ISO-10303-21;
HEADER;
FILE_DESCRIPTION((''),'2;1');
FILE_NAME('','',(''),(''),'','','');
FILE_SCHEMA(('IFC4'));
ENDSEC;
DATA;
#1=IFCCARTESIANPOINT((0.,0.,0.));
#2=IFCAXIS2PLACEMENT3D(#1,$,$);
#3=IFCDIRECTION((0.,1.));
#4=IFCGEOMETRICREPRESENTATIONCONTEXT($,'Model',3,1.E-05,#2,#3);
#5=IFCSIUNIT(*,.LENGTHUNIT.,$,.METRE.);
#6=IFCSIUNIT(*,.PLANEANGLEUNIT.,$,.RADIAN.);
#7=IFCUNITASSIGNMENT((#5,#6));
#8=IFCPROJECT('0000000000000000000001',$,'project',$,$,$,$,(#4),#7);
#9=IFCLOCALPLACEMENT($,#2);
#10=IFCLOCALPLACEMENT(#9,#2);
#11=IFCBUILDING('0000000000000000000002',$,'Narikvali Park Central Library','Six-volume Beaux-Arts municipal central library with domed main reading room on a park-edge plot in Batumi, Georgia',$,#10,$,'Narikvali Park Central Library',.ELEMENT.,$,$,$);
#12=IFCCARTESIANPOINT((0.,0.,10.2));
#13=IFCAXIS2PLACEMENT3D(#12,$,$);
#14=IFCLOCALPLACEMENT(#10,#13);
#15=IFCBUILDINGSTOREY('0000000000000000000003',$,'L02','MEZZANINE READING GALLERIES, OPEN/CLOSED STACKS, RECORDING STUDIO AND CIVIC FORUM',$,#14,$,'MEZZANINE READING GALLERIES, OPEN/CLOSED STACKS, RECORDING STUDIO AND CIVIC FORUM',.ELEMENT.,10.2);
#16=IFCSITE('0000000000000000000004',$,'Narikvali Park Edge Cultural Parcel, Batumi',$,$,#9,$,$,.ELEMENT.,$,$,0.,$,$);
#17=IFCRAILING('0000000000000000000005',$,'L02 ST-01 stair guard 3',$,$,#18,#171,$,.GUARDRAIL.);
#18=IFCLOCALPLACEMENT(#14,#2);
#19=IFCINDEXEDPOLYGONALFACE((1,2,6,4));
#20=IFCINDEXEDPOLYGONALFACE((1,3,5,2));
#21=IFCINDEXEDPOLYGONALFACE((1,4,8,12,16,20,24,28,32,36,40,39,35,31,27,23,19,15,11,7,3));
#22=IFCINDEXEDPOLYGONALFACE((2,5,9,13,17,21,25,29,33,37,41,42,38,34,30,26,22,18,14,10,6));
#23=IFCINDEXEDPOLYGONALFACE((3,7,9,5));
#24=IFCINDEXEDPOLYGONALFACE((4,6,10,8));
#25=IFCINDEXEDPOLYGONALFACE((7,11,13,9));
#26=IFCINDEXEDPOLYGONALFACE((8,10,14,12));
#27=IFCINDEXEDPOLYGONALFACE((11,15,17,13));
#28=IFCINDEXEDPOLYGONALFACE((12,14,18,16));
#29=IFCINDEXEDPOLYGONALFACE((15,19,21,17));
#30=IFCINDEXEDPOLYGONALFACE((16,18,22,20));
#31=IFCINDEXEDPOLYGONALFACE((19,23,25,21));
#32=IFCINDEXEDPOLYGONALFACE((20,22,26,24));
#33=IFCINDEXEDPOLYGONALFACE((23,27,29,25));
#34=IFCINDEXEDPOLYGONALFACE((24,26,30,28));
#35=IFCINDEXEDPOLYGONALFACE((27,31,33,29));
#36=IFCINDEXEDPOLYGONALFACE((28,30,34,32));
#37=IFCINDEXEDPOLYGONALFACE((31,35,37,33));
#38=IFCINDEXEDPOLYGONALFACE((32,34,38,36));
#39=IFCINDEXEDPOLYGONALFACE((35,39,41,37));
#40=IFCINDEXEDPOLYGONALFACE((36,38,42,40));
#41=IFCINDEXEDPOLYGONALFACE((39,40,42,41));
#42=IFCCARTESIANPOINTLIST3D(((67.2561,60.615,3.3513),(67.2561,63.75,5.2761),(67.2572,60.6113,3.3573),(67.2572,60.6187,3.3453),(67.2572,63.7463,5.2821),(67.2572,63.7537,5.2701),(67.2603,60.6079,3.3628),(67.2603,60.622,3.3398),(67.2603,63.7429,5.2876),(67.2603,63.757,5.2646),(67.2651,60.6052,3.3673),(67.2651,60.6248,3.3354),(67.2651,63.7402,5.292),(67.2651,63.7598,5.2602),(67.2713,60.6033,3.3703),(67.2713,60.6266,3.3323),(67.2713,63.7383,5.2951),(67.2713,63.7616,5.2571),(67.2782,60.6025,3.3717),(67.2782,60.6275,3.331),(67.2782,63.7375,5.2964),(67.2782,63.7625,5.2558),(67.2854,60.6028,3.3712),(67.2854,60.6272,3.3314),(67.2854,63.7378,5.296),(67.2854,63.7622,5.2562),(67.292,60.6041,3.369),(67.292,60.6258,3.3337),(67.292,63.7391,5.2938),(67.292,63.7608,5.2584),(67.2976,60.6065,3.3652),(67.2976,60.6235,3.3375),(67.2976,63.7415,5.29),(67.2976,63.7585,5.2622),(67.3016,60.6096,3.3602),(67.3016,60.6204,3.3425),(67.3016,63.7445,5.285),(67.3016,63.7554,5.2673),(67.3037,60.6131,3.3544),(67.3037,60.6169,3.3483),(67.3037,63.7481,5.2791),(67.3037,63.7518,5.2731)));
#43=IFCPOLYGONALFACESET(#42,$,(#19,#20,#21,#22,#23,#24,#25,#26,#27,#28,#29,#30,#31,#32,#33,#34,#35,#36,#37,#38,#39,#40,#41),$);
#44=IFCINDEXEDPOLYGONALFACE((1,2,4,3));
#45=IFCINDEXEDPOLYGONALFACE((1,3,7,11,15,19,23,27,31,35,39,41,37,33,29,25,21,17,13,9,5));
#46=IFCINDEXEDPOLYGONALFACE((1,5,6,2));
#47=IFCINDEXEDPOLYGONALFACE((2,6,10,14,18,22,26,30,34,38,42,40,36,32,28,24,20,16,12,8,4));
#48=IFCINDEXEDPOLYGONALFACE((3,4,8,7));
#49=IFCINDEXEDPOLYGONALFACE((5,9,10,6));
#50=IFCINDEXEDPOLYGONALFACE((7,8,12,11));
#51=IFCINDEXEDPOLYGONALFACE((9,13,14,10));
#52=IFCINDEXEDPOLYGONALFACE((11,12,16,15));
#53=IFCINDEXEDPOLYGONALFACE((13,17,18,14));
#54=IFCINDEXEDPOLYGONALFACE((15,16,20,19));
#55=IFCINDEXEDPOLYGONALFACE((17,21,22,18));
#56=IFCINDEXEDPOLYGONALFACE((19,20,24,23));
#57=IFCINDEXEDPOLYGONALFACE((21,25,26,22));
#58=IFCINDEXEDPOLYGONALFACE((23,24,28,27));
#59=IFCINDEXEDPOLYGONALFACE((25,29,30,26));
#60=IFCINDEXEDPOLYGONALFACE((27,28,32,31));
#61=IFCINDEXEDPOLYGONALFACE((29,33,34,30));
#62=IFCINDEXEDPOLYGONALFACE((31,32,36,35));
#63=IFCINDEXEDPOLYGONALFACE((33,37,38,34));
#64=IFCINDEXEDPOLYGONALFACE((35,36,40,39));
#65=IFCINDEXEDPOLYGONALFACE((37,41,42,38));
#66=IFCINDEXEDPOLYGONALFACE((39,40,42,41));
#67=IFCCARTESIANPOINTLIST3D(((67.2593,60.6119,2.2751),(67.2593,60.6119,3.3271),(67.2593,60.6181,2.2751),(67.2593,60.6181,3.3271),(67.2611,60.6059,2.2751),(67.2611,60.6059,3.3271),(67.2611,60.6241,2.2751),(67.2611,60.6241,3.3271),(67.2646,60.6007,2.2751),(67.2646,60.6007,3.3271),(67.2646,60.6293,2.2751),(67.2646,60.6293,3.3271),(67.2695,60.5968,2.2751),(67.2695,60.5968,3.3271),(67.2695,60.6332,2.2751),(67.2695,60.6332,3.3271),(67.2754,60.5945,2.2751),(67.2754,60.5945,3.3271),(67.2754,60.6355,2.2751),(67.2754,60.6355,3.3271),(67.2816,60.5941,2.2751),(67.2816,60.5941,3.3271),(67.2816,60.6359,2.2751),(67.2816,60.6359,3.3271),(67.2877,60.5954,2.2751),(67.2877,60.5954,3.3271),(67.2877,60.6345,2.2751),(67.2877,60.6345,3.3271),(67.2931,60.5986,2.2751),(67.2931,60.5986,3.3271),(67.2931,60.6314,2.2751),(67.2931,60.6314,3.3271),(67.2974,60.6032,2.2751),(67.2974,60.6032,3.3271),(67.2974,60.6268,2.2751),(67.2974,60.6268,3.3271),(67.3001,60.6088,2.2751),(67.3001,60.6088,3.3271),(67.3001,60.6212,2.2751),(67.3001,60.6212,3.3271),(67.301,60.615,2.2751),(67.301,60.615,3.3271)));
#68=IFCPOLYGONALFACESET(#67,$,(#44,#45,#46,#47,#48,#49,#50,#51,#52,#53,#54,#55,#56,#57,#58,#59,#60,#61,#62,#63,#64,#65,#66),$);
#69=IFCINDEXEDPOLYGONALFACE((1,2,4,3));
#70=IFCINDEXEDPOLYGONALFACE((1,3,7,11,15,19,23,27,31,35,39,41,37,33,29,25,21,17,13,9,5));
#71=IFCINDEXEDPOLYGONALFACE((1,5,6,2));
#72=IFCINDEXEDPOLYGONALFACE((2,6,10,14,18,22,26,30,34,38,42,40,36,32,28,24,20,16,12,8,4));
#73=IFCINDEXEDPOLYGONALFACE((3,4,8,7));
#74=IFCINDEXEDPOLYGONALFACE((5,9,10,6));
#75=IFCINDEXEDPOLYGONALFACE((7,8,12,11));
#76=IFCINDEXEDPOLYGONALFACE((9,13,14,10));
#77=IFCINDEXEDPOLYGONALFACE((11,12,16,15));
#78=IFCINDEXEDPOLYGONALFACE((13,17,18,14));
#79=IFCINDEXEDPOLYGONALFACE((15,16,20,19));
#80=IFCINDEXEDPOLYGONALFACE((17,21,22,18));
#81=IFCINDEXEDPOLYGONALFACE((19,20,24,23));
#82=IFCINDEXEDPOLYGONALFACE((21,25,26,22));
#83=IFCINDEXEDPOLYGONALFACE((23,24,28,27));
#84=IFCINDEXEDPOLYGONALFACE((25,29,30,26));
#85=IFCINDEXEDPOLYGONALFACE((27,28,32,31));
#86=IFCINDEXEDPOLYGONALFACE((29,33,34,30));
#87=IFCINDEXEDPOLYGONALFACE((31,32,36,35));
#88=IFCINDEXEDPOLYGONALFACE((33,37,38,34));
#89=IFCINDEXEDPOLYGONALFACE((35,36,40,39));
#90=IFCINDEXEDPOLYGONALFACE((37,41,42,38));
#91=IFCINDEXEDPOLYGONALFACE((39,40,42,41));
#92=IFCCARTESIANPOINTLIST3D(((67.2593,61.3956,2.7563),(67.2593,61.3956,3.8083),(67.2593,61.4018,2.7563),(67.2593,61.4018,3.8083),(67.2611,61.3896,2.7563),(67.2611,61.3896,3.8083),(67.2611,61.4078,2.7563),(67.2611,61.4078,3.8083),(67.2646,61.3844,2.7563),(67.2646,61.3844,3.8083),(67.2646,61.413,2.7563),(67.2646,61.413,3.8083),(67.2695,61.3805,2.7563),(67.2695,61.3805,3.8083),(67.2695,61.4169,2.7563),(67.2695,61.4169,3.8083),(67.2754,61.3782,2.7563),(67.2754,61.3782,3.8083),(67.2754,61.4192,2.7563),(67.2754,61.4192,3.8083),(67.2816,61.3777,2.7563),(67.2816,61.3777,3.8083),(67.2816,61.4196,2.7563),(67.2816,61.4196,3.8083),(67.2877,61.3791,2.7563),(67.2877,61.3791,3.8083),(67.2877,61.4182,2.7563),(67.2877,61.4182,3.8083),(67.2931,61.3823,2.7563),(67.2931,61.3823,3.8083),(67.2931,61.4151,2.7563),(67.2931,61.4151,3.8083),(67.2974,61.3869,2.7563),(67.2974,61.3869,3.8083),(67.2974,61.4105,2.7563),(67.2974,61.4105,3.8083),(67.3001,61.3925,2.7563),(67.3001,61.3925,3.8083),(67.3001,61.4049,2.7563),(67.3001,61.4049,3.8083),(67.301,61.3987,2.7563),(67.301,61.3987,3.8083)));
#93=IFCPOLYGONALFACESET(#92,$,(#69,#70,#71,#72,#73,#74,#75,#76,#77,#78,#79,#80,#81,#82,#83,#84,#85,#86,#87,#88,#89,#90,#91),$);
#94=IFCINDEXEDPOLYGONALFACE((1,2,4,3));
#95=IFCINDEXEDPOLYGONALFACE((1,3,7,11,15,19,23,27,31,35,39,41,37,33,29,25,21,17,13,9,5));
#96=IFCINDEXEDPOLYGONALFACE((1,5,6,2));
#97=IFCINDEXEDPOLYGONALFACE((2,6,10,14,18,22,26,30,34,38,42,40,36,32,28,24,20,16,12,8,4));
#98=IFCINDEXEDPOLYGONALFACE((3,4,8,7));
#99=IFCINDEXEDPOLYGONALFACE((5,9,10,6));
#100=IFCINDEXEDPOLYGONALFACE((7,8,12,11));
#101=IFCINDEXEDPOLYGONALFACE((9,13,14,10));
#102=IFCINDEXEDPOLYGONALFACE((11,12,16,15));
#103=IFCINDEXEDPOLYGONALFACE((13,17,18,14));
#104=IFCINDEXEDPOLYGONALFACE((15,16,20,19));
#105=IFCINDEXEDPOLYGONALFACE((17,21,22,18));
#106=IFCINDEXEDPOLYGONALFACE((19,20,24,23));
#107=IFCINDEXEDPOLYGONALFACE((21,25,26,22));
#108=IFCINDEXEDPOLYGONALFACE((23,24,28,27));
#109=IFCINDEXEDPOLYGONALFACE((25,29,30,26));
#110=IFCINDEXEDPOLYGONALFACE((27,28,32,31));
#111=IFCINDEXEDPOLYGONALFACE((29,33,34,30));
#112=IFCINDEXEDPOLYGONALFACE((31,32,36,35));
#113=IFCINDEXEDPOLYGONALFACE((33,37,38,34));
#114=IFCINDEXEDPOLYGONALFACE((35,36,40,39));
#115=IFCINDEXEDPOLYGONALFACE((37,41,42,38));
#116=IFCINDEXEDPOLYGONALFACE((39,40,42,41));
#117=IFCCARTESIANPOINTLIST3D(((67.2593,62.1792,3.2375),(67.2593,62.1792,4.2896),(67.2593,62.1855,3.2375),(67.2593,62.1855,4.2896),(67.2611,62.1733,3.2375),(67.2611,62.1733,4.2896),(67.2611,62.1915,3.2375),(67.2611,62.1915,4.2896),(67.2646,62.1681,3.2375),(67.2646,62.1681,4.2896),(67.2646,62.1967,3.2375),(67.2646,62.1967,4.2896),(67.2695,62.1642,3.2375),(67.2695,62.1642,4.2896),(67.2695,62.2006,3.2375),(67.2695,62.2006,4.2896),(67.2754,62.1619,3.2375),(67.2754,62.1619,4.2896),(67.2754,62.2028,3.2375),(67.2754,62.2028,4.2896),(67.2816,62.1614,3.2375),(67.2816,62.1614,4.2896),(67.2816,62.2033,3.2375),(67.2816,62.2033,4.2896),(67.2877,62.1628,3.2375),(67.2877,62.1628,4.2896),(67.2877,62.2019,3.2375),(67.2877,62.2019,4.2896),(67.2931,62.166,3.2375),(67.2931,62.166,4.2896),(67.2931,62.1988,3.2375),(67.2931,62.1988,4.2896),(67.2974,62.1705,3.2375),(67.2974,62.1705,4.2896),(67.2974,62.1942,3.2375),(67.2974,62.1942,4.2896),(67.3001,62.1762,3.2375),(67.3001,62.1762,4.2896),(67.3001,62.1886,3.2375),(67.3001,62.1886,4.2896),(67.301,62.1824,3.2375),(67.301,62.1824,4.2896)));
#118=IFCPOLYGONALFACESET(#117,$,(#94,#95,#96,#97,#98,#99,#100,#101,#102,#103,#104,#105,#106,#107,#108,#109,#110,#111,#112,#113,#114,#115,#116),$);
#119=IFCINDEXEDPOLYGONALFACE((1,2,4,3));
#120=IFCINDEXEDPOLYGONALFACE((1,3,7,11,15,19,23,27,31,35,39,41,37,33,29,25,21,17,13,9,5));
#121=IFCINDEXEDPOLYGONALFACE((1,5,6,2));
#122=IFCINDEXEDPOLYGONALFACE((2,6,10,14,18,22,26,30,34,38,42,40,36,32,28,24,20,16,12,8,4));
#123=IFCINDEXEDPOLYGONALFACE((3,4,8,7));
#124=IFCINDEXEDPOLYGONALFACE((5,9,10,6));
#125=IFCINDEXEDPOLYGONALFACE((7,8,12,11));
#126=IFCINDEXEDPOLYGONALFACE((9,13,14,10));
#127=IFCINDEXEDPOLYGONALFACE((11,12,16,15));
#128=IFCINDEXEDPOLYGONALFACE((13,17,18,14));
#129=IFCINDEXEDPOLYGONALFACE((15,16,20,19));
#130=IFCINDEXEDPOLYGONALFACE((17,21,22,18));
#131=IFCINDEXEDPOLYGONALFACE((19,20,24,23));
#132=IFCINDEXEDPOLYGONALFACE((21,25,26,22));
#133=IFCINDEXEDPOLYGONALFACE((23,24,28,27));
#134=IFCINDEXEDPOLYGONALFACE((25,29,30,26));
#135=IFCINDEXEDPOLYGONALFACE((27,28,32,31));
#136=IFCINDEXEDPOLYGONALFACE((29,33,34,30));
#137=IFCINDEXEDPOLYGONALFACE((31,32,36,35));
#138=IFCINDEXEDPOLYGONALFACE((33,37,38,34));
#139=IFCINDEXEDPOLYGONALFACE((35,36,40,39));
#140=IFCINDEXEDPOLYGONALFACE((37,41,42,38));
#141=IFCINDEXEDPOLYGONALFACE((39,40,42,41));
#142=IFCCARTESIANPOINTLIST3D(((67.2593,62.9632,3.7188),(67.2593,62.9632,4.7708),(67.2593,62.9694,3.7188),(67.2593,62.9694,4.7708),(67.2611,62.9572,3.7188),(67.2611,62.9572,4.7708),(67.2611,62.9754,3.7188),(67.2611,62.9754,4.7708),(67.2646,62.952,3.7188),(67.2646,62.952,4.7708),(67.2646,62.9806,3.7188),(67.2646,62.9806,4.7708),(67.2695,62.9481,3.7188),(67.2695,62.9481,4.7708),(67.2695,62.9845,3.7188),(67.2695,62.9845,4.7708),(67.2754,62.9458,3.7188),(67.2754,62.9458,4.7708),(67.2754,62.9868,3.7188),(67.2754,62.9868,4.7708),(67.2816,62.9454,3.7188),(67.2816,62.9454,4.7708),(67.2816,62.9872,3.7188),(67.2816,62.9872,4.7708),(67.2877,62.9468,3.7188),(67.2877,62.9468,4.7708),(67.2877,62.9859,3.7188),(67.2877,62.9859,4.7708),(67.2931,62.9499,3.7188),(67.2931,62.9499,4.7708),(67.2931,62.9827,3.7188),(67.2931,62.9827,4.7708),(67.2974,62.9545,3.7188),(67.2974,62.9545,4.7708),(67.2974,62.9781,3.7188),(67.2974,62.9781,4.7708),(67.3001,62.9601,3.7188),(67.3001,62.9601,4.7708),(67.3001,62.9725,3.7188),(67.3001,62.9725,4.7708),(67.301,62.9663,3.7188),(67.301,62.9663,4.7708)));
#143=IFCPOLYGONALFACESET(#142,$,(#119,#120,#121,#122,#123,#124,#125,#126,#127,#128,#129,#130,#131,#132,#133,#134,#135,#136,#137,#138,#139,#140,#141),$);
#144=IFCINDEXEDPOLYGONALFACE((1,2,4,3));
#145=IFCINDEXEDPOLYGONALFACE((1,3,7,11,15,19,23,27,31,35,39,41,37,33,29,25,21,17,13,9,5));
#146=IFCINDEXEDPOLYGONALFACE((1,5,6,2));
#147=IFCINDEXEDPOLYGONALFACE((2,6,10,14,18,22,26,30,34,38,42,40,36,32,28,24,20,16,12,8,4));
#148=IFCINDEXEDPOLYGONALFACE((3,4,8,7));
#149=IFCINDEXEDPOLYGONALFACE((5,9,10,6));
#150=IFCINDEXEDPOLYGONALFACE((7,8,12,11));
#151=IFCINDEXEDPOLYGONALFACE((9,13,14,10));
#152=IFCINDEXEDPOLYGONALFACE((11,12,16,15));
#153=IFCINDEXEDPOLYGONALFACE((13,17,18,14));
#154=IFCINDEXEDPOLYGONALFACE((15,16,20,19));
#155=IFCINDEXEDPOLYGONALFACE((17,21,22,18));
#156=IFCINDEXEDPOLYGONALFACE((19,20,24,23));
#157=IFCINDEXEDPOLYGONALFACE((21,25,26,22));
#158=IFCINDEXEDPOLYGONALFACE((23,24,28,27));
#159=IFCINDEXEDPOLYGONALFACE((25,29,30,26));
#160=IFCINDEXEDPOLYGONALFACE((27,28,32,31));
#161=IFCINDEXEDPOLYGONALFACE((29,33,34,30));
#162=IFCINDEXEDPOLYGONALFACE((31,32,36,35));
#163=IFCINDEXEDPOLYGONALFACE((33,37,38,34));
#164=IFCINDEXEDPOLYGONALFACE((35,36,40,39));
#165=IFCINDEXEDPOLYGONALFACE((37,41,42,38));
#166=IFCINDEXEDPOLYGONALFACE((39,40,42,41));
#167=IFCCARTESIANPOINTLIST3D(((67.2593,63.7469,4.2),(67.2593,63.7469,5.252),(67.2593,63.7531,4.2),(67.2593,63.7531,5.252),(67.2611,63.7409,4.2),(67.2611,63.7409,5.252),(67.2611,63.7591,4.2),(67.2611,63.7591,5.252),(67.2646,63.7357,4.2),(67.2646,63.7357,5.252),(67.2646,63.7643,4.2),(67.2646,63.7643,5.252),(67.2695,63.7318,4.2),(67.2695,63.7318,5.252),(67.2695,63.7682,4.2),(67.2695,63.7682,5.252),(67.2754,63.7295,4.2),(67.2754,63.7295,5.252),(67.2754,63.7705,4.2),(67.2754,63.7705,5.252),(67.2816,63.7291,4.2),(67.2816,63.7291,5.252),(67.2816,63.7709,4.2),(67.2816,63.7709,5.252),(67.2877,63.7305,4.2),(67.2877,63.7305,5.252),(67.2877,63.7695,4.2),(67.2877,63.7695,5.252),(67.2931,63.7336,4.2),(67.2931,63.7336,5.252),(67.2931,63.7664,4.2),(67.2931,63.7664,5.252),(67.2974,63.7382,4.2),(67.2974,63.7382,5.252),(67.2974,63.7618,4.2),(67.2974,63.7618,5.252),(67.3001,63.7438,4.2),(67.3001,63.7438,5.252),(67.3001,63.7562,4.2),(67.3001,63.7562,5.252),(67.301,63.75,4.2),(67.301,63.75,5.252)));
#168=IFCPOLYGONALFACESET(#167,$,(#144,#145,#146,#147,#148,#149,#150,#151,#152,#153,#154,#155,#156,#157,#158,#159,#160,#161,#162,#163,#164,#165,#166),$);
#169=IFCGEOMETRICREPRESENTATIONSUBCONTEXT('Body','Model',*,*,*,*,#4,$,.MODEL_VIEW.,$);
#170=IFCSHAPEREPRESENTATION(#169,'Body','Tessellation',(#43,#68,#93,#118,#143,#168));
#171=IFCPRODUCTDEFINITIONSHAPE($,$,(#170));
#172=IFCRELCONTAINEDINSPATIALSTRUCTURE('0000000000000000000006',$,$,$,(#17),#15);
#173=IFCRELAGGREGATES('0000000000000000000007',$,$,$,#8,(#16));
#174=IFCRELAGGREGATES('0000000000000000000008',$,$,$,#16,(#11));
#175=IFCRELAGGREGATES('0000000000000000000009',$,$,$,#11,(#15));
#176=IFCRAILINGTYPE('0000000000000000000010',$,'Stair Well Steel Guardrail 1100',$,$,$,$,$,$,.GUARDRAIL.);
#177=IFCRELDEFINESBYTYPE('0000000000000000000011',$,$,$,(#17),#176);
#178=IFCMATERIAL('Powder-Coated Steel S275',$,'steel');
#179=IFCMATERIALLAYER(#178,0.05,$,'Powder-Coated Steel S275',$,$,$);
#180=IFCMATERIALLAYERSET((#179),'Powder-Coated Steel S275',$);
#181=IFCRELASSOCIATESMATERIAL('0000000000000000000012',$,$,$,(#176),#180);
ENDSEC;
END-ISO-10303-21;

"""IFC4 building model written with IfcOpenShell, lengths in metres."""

from ifc_helpers import new_model, si_unit, direction, frame, origin, origin_2d, place, context, subcontext, project, spatial, circle, extrude, material, layer, layer_set, type_object, element, save


model = new_model("IFC4")

# Units and contexts
model_context = context("Model", 3, precision=1e-05, world=origin(), true_north=direction((0.0, 1.0)))
body_context = subcontext(model_context, "Body", "Model", "MODEL_VIEW")
ifc_project = project(units=[si_unit("LENGTHUNIT", "METRE"), si_unit("PLANEANGLEUNIT", "RADIAN")], contexts=[model_context])

# Site, building, storey
site_placement = place(None, origin())
site = spatial("IfcSite", under=ifc_project, at=site_placement, Name="Narikvali Park Edge Cultural Parcel, Batumi", CompositionType="ELEMENT", RefElevation=0.0)
building_placement = place(site_placement, origin())
building = spatial("IfcBuilding", under=site, at=building_placement, Name="Narikvali Park Central Library", Description="Six-volume Beaux-Arts municipal central library with domed main reading room on a park-edge plot in Batumi, Georgia", LongName="Narikvali Park Central Library", CompositionType="ELEMENT")
storey_placement = place(building_placement, frame((0.0, 0.0, 10.2)))
storey = spatial("IfcBuildingStorey", under=building, at=storey_placement, Name="L02", Description="MEZZANINE READING GALLERIES, OPEN/CLOSED STACKS, RECORDING STUDIO AND CIVIC FORUM", LongName="MEZZANINE READING GALLERIES, OPEN/CLOSED STACKS, RECORDING STUDIO AND CIVIC FORUM", CompositionType="ELEMENT", Elevation=10.2)

# Railing
ifc_material_1 = material(Name="Powder-Coated Steel S275", Category="steel")
ifc_layer_1 = layer(ifc_material_1, 0.05, Name="Powder-Coated Steel S275")
ifc_layer_set_1 = layer_set([ifc_layer_1], Name="Powder-Coated Steel S275")
railing_type_1 = type_object("IfcRailingType", Name="Stair Well Steel Guardrail 1100", PredefinedType="GUARDRAIL", material=ifc_layer_set_1)
railing_1_placement = place(storey_placement, frame((67.28, 60.615, 2.2751)))
element("IfcRailing", 1, at=railing_1_placement, inside=storey, type_object=railing_type_1, Name="L02 ST-01 stair guard 3", PredefinedType="GUARDRAIL", context=body_context, shape_type="SweptSolid", body=[
    extrude(circle(Radius=0.0239, at=origin_2d()), frame((0.0, 0.0, 1.0762), z_axis=(0.0, 0.852196, 0.523223), x_axis=(-1.0, 0.0, 0.0)), (0.0, 0.0, 1.0), 3.6787),
    extrude(circle(Radius=0.021, at=origin_2d()), origin(), (0.0, 0.0, 1.0), 1.052),
    extrude(circle(Radius=0.021, at=origin_2d()), frame((0.0, 0.7837, 0.4812)), (0.0, 0.0, 1.0), 1.052),
    extrude(circle(Radius=0.021, at=origin_2d()), frame((0.0, 1.5674, 0.9624)), (0.0, 0.0, 1.0), 1.052),
    extrude(circle(Radius=0.021, at=origin_2d()), frame((0.0, 2.3513, 1.4436)), (0.0, 0.0, 1.0), 1.052),
    extrude(circle(Radius=0.021, at=origin_2d()), frame((0.0, 3.135, 1.9248)), (0.0, 0.0, 1.0), 1.052),
])

save(model, "model.ifc")
